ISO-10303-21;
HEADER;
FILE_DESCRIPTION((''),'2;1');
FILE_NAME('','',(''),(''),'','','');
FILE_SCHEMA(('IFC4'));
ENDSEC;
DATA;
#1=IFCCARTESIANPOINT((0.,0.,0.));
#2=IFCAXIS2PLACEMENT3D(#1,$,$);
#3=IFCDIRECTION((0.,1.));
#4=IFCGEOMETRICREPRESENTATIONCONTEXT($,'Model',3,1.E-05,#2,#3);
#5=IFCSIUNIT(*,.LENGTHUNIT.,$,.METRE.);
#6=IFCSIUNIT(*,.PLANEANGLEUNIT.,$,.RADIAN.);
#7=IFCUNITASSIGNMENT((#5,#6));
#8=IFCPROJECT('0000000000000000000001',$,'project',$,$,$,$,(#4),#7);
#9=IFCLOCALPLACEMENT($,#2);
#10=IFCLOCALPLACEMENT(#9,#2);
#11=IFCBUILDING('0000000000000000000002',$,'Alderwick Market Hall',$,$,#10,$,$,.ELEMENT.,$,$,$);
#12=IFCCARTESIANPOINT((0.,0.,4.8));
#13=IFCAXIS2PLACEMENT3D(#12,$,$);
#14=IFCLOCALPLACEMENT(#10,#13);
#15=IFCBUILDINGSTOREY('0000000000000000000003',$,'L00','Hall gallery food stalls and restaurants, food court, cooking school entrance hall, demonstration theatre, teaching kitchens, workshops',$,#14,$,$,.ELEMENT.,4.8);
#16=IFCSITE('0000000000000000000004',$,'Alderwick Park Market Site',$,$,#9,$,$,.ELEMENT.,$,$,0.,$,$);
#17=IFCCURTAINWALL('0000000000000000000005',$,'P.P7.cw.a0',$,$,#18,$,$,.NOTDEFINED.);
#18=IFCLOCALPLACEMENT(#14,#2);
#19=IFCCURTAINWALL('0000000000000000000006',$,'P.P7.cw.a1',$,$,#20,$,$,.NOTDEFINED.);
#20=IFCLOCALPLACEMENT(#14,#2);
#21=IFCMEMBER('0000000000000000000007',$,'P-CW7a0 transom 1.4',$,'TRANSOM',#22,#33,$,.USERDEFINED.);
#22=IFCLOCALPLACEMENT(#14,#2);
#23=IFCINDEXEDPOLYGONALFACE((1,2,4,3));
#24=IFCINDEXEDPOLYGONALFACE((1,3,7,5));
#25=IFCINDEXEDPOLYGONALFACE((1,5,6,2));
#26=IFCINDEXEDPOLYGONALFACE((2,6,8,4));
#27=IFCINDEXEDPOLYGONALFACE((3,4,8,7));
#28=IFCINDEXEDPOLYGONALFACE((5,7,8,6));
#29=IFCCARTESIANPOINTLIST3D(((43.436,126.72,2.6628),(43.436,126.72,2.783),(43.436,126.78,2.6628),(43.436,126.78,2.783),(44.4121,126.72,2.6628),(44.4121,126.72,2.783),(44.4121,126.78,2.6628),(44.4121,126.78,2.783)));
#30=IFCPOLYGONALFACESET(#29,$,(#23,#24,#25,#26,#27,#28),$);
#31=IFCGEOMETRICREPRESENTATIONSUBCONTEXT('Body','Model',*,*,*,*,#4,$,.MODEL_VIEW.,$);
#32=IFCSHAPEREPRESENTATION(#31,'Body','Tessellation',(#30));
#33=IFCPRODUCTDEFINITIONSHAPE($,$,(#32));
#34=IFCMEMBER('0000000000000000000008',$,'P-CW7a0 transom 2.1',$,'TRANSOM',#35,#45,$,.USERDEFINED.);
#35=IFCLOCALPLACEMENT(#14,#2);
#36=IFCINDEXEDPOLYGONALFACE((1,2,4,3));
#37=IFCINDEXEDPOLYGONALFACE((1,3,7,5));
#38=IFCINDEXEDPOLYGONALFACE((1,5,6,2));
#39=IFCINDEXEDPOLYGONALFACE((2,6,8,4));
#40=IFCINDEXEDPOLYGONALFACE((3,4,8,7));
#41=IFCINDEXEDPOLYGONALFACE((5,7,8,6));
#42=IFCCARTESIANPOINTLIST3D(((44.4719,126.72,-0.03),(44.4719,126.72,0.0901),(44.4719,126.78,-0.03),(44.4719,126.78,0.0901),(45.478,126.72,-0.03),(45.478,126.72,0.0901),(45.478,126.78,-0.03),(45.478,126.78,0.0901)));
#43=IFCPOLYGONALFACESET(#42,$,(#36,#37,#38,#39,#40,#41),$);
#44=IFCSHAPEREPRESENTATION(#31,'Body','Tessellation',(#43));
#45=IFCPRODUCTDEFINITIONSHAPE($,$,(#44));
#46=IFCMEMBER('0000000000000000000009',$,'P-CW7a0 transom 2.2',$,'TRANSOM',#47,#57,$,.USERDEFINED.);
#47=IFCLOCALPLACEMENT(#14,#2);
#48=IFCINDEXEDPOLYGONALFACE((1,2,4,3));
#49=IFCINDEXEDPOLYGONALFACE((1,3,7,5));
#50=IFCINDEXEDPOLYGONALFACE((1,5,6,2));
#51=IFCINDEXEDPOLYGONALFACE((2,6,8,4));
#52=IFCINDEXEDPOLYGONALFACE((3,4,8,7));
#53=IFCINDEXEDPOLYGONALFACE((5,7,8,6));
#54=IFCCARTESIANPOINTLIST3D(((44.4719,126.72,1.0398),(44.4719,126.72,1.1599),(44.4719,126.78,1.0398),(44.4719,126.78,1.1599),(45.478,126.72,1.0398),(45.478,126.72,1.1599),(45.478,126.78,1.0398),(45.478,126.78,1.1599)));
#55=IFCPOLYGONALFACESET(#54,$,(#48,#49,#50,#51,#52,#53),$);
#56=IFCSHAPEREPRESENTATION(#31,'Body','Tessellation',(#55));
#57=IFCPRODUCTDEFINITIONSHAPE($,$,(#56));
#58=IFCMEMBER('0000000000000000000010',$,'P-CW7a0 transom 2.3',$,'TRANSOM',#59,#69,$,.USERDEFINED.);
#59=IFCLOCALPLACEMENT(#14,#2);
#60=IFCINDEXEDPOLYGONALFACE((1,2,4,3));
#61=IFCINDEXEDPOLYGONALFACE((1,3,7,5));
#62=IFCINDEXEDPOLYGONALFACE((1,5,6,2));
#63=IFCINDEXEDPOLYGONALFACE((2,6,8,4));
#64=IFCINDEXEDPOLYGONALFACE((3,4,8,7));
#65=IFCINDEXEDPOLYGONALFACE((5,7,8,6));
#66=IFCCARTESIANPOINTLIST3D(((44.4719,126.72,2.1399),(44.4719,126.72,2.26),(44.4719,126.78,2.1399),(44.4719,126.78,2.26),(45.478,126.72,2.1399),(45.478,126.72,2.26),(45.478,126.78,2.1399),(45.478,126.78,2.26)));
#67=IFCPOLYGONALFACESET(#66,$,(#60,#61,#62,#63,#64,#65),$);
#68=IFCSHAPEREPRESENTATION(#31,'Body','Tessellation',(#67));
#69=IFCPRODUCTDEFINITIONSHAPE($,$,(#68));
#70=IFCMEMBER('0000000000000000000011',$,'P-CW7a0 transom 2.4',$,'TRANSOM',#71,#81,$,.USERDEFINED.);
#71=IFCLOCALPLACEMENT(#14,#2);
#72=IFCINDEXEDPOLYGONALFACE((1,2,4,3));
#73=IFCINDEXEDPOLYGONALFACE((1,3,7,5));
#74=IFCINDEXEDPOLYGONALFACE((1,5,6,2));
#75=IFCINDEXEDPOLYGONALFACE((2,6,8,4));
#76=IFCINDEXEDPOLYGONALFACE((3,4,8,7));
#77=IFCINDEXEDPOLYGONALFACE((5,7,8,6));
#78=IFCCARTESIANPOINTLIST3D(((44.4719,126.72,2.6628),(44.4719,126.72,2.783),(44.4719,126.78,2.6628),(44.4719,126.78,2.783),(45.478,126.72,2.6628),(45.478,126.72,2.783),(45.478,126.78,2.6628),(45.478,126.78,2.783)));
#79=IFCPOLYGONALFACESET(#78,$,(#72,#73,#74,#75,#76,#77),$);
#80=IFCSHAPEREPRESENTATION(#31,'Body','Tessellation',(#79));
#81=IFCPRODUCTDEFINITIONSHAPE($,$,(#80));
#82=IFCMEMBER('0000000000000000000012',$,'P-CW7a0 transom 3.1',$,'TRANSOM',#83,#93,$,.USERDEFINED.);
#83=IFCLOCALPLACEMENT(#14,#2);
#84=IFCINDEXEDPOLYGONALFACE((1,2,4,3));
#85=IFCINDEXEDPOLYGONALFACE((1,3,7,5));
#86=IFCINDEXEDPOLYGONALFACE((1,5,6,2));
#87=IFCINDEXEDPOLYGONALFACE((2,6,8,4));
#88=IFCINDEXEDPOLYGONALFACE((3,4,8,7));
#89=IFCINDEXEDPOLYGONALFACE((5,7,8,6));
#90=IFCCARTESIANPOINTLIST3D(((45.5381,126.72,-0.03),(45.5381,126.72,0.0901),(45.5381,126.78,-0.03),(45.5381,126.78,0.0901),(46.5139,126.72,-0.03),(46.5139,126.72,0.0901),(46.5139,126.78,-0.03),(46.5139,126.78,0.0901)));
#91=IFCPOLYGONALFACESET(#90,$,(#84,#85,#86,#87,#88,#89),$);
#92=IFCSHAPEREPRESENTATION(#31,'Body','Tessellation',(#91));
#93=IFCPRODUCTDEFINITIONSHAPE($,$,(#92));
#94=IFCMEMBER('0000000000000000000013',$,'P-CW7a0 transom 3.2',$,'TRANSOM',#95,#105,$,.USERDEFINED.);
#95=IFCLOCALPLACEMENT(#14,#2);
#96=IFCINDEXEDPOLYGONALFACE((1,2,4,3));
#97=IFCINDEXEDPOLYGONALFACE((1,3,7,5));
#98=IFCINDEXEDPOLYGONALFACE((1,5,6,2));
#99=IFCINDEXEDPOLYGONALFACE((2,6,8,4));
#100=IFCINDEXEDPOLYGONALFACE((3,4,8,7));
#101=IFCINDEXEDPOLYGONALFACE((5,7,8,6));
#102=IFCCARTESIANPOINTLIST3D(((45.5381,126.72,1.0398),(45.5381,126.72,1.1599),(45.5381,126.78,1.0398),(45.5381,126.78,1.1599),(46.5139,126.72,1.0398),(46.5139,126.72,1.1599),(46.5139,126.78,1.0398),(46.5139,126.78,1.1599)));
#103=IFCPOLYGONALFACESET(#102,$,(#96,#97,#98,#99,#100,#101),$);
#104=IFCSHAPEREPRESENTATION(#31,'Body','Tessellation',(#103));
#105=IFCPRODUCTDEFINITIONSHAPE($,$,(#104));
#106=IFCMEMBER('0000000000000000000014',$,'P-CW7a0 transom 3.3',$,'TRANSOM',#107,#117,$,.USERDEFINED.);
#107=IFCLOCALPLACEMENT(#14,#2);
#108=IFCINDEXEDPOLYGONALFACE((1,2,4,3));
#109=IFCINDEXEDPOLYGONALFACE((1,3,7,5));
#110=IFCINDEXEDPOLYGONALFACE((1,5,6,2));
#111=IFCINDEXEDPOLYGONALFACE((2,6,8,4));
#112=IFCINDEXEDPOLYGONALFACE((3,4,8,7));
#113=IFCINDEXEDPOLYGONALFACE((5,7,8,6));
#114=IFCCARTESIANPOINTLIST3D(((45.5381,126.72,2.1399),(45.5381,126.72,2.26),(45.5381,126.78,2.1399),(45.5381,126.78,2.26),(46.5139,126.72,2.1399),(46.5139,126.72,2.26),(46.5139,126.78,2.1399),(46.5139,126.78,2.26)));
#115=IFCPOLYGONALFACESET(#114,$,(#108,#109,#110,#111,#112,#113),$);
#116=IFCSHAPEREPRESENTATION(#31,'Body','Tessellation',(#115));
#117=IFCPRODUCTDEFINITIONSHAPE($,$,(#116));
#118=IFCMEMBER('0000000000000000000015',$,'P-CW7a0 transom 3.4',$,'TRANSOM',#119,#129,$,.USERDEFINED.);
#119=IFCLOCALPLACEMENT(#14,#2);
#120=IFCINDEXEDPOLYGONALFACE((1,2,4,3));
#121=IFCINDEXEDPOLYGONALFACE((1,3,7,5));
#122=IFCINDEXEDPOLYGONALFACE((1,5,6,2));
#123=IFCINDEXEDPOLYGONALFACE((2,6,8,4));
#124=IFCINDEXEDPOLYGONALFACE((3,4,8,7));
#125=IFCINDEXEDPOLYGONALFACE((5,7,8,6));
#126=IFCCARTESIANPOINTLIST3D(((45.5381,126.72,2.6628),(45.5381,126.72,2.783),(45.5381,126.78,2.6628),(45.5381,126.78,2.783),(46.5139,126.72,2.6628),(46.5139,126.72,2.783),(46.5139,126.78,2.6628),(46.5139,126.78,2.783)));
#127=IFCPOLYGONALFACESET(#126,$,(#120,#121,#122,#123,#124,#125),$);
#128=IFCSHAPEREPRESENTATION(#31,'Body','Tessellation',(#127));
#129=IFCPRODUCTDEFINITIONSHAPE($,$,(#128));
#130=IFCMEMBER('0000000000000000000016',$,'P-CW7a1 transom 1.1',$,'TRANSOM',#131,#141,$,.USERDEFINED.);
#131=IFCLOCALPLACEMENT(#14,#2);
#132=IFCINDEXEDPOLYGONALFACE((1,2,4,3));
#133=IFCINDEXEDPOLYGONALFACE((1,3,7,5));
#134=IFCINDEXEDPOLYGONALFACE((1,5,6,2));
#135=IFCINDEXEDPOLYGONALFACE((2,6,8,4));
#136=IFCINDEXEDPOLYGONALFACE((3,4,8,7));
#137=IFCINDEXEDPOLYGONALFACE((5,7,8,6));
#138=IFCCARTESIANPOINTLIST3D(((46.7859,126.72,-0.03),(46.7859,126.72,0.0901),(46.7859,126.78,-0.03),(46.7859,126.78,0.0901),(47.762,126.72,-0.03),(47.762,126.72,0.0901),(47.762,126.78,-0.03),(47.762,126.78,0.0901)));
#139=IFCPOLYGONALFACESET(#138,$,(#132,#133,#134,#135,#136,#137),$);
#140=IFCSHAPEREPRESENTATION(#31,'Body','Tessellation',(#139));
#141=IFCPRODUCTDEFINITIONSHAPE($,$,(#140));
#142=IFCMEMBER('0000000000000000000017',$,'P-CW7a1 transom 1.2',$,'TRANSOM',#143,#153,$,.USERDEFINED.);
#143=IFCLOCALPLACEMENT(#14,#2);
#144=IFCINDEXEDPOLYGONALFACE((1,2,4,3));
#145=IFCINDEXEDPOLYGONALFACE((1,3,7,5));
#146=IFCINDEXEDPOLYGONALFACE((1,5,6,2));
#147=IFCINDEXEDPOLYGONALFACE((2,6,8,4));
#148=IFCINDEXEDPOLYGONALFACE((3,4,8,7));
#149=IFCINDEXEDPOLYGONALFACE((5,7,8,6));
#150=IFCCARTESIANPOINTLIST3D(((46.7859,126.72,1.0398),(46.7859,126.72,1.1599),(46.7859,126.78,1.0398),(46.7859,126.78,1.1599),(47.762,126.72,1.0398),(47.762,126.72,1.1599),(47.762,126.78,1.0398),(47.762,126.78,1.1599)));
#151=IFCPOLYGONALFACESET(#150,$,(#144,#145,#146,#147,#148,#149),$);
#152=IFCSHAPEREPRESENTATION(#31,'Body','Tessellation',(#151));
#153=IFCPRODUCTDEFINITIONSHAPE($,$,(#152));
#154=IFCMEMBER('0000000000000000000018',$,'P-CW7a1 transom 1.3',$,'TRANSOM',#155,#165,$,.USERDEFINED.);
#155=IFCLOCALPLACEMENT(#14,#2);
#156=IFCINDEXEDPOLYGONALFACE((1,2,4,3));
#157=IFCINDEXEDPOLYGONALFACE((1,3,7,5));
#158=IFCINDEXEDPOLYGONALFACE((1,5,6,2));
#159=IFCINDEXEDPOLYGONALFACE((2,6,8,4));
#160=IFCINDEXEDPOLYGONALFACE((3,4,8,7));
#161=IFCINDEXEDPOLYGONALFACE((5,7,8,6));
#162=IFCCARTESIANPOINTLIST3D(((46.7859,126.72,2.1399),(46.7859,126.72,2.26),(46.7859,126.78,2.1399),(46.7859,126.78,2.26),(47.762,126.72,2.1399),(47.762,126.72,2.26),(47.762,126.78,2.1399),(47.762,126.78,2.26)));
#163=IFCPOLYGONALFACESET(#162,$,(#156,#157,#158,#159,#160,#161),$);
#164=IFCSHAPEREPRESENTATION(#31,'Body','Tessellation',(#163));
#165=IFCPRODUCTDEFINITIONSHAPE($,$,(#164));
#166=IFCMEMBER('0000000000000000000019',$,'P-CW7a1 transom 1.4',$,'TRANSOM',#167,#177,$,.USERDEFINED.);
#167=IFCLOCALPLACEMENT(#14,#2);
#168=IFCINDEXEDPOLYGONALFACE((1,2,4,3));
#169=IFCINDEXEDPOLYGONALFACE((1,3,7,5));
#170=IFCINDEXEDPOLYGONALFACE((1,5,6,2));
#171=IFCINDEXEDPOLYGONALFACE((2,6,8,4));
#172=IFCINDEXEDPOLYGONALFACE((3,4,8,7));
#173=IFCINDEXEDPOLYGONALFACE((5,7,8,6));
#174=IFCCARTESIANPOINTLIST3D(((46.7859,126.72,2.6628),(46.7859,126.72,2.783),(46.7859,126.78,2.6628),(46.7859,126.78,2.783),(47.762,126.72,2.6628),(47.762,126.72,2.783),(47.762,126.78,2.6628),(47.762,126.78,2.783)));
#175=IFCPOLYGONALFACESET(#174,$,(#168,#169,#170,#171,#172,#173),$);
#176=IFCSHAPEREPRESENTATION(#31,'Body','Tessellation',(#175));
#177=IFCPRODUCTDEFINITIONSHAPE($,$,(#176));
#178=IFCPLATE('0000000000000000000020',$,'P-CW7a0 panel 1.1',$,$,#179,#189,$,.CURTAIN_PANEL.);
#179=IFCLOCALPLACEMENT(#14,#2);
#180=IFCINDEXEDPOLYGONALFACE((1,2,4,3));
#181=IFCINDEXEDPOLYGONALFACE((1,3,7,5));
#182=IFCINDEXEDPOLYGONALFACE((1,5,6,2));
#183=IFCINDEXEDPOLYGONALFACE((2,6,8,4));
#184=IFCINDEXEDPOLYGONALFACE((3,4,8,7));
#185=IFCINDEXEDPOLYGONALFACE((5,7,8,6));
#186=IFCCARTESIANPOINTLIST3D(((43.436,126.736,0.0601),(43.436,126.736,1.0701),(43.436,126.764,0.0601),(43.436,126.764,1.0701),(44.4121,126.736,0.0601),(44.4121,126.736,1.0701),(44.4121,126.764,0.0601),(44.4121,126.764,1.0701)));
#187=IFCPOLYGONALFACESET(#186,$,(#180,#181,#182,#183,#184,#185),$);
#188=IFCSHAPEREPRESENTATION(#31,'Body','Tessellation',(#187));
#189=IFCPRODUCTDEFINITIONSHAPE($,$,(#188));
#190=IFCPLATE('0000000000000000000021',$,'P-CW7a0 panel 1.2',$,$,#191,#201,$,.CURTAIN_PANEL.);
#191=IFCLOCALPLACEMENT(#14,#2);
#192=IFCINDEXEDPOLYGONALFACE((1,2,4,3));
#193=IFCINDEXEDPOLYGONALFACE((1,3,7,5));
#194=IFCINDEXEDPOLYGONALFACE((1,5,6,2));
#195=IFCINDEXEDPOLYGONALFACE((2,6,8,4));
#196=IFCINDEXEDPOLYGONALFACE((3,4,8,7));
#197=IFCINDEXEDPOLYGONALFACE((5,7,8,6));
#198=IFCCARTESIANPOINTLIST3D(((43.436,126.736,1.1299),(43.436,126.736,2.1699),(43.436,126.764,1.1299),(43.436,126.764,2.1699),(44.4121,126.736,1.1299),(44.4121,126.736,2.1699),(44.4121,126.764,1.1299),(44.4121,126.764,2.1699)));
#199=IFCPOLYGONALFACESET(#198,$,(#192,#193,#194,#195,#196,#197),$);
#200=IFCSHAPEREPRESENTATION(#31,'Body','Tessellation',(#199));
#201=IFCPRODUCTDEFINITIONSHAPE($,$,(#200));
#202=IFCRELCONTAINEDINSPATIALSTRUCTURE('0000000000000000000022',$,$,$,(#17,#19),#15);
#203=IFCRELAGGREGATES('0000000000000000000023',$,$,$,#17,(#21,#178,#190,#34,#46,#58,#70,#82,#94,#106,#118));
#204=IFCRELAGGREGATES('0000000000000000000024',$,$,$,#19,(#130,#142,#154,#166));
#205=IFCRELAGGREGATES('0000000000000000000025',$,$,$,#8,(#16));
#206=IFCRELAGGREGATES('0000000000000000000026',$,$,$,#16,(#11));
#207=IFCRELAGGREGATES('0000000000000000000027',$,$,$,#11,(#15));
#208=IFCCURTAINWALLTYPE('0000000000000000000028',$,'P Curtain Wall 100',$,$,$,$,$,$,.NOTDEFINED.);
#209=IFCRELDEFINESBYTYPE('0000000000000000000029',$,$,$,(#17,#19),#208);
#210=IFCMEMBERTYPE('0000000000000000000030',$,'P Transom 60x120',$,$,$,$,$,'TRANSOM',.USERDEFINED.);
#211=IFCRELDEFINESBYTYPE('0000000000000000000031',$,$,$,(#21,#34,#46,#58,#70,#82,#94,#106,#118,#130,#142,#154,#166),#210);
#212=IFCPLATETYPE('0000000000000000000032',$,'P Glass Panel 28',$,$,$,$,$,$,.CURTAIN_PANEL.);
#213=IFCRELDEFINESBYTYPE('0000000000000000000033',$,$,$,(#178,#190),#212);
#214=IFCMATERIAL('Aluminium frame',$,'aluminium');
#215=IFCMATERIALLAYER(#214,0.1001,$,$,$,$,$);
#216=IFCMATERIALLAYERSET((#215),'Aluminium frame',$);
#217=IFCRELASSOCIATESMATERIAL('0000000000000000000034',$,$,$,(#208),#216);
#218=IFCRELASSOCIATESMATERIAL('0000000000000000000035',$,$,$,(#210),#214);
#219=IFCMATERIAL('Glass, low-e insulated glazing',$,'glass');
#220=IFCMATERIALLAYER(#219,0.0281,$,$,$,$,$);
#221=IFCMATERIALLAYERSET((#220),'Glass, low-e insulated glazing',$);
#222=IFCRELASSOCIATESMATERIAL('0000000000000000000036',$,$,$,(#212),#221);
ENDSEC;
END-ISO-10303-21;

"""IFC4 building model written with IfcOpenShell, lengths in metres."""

from ifc_helpers import new_model, si_unit, direction, frame, origin, origin_2d, place, context, subcontext, project, spatial, rectangle, extrude, material, layer, layer_set, material_profile, profile_set, type_object, element, aggregate, save


model = new_model("IFC4")

# Units and contexts
model_context = context("Model", 3, precision=1e-05, world=origin(), true_north=direction((0.0, 1.0)))
body_context = subcontext(model_context, "Body", "Model", "MODEL_VIEW")
ifc_project = project(units=[si_unit("LENGTHUNIT", "METRE"), si_unit("PLANEANGLEUNIT", "RADIAN")], contexts=[model_context])

# Site, building, storey
site_placement = place(None, origin())
site = spatial("IfcSite", under=ifc_project, at=site_placement, Name="Alderwick Park Market Site", CompositionType="ELEMENT", RefElevation=0.0)
building_placement = place(site_placement, origin())
building = spatial("IfcBuilding", under=site, at=building_placement, Name="Alderwick Market Hall", CompositionType="ELEMENT")
storey_placement = place(building_placement, frame((0.0, 0.0, 4.8)))
storey = spatial("IfcBuildingStorey", under=building, at=storey_placement, Name="L00", Description="Hall gallery food stalls and restaurants, food court, cooking school entrance hall, demonstration theatre, teaching kitchens, workshops", CompositionType="ELEMENT", Elevation=4.8)

# Curtain wall
ifc_material_1 = material(Name="Aluminium frame", Category="aluminium")
ifc_layer_1 = layer(ifc_material_1, 0.1001)
ifc_layer_set_1 = layer_set([ifc_layer_1], Name="Aluminium frame")
curtain_wall_type = type_object("IfcCurtainWallType", Name="P Curtain Wall 100", PredefinedType="NOTDEFINED", material=ifc_layer_set_1)
curtain_wall_1_placement = place(storey_placement, origin())
curtain_wall_1 = element("IfcCurtainWall", 1, at=curtain_wall_1_placement, inside=storey, type_object=curtain_wall_type, Name="P.P7.cw.a0", PredefinedType="NOTDEFINED")

# Curtain wall
curtain_wall_2_placement = place(storey_placement, origin())
curtain_wall_2 = element("IfcCurtainWall", 2, at=curtain_wall_2_placement, inside=storey, type_object=curtain_wall_type, Name="P.P7.cw.a1", PredefinedType="NOTDEFINED")

# Members
ifc_material_profile_1 = material_profile(ifc_material_1, rectangle(XDim=0.0601, YDim=0.1201, at=origin_2d()), Name="P Transom 60x120")
ifc_profile_set_1 = profile_set([ifc_material_profile_1], Name="Aluminium frame")
member_type_1 = type_object("IfcMemberType", Name="P Transom 60x120", ElementType="TRANSOM", PredefinedType="USERDEFINED", material=ifc_profile_set_1)
member_1_placement = place(storey_placement, frame((43.436, 126.75, 2.7229), z_axis=(1.0, 0.0, 0.0), x_axis=(0.0, 1.0, 0.0)))
member_1 = element("IfcMember", 3, at=member_1_placement, type_object=member_type_1, Name="P-CW7a0 transom 1.4", ObjectType="TRANSOM", PredefinedType="USERDEFINED", context=body_context, shape_type="SweptSolid", body=[
    extrude(rectangle(XDim=0.0601, YDim=0.1201, at=origin_2d()), origin(), (0.0, 0.0, 1.0), 0.9761),
])
member_2_placement = place(storey_placement, frame((44.4719, 126.75, 0.03), z_axis=(1.0, 0.0, 0.0), x_axis=(0.0, 1.0, 0.0)))
member_2 = element("IfcMember", 4, at=member_2_placement, type_object=member_type_1, Name="P-CW7a0 transom 2.1", ObjectType="TRANSOM", PredefinedType="USERDEFINED", context=body_context, shape_type="SweptSolid", body=[
    extrude(rectangle(XDim=0.0601, YDim=0.1201, at=origin_2d()), origin(), (0.0, 0.0, 1.0), 1.0061),
])
member_3_placement = place(storey_placement, frame((44.4719, 126.75, 1.0999), z_axis=(1.0, 0.0, 0.0), x_axis=(0.0, 1.0, 0.0)))
member_3 = element("IfcMember", 5, at=member_3_placement, type_object=member_type_1, Name="P-CW7a0 transom 2.2", ObjectType="TRANSOM", PredefinedType="USERDEFINED", context=body_context, shape_type="SweptSolid", body=[
    extrude(rectangle(XDim=0.0601, YDim=0.1201, at=origin_2d()), origin(), (0.0, 0.0, 1.0), 1.0061),
])
member_4_placement = place(storey_placement, frame((44.4719, 126.75, 2.2), z_axis=(1.0, 0.0, 0.0), x_axis=(0.0, 1.0, 0.0)))
member_4 = element("IfcMember", 6, at=member_4_placement, type_object=member_type_1, Name="P-CW7a0 transom 2.3", ObjectType="TRANSOM", PredefinedType="USERDEFINED", context=body_context, shape_type="SweptSolid", body=[
    extrude(rectangle(XDim=0.0601, YDim=0.1201, at=origin_2d()), origin(), (0.0, 0.0, 1.0), 1.0061),
])
member_5_placement = place(storey_placement, frame((44.4719, 126.75, 2.7229), z_axis=(1.0, 0.0, 0.0), x_axis=(0.0, 1.0, 0.0)))
member_5 = element("IfcMember", 7, at=member_5_placement, type_object=member_type_1, Name="P-CW7a0 transom 2.4", ObjectType="TRANSOM", PredefinedType="USERDEFINED", context=body_context, shape_type="SweptSolid", body=[
    extrude(rectangle(XDim=0.0601, YDim=0.1201, at=origin_2d()), origin(), (0.0, 0.0, 1.0), 1.0061),
])
member_6_placement = place(storey_placement, frame((45.5381, 126.75, 0.03), z_axis=(1.0, 0.0, 0.0), x_axis=(0.0, 1.0, 0.0)))
member_6 = element("IfcMember", 8, at=member_6_placement, type_object=member_type_1, Name="P-CW7a0 transom 3.1", ObjectType="TRANSOM", PredefinedType="USERDEFINED", context=body_context, shape_type="SweptSolid", body=[
    extrude(rectangle(XDim=0.0601, YDim=0.1201, at=origin_2d()), origin(), (0.0, 0.0, 1.0), 0.9758),
])
member_7_placement = place(storey_placement, frame((45.5381, 126.75, 1.0999), z_axis=(1.0, 0.0, 0.0), x_axis=(0.0, 1.0, 0.0)))
member_7 = element("IfcMember", 9, at=member_7_placement, type_object=member_type_1, Name="P-CW7a0 transom 3.2", ObjectType="TRANSOM", PredefinedType="USERDEFINED", context=body_context, shape_type="SweptSolid", body=[
    extrude(rectangle(XDim=0.0601, YDim=0.1201, at=origin_2d()), origin(), (0.0, 0.0, 1.0), 0.9758),
])
member_8_placement = place(storey_placement, frame((45.5381, 126.75, 2.2), z_axis=(1.0, 0.0, 0.0), x_axis=(0.0, 1.0, 0.0)))
member_8 = element("IfcMember", 10, at=member_8_placement, type_object=member_type_1, Name="P-CW7a0 transom 3.3", ObjectType="TRANSOM", PredefinedType="USERDEFINED", context=body_context, shape_type="SweptSolid", body=[
    extrude(rectangle(XDim=0.0601, YDim=0.1201, at=origin_2d()), origin(), (0.0, 0.0, 1.0), 0.9758),
])
member_9_placement = place(storey_placement, frame((45.5381, 126.75, 2.7229), z_axis=(1.0, 0.0, 0.0), x_axis=(0.0, 1.0, 0.0)))
member_9 = element("IfcMember", 11, at=member_9_placement, type_object=member_type_1, Name="P-CW7a0 transom 3.4", ObjectType="TRANSOM", PredefinedType="USERDEFINED", context=body_context, shape_type="SweptSolid", body=[
    extrude(rectangle(XDim=0.0601, YDim=0.1201, at=origin_2d()), origin(), (0.0, 0.0, 1.0), 0.9758),
])
member_10_placement = place(storey_placement, frame((46.7859, 126.75, 0.03), z_axis=(1.0, 0.0, 0.0), x_axis=(0.0, 1.0, 0.0)))
member_10 = element("IfcMember", 12, at=member_10_placement, type_object=member_type_1, Name="P-CW7a1 transom 1.1", ObjectType="TRANSOM", PredefinedType="USERDEFINED", context=body_context, shape_type="SweptSolid", body=[
    extrude(rectangle(XDim=0.0601, YDim=0.1201, at=origin_2d()), origin(), (0.0, 0.0, 1.0), 0.9761),
])
member_11_placement = place(storey_placement, frame((46.7859, 126.75, 1.0999), z_axis=(1.0, 0.0, 0.0), x_axis=(0.0, 1.0, 0.0)))
member_11 = element("IfcMember", 13, at=member_11_placement, type_object=member_type_1, Name="P-CW7a1 transom 1.2", ObjectType="TRANSOM", PredefinedType="USERDEFINED", context=body_context, shape_type="SweptSolid", body=[
    extrude(rectangle(XDim=0.0601, YDim=0.1201, at=origin_2d()), origin(), (0.0, 0.0, 1.0), 0.9761),
])
member_12_placement = place(storey_placement, frame((46.7859, 126.75, 2.2), z_axis=(1.0, 0.0, 0.0), x_axis=(0.0, 1.0, 0.0)))
member_12 = element("IfcMember", 14, at=member_12_placement, type_object=member_type_1, Name="P-CW7a1 transom 1.3", ObjectType="TRANSOM", PredefinedType="USERDEFINED", context=body_context, shape_type="SweptSolid", body=[
    extrude(rectangle(XDim=0.0601, YDim=0.1201, at=origin_2d()), origin(), (0.0, 0.0, 1.0), 0.9761),
])
member_13_placement = place(storey_placement, frame((46.7859, 126.75, 2.7229), z_axis=(1.0, 0.0, 0.0), x_axis=(0.0, 1.0, 0.0)))
member_13 = element("IfcMember", 15, at=member_13_placement, type_object=member_type_1, Name="P-CW7a1 transom 1.4", ObjectType="TRANSOM", PredefinedType="USERDEFINED", context=body_context, shape_type="SweptSolid", body=[
    extrude(rectangle(XDim=0.0601, YDim=0.1201, at=origin_2d()), origin(), (0.0, 0.0, 1.0), 0.9761),
])

# Plates
ifc_material_2 = material(Name="Glass, low-e insulated glazing", Category="glass")
ifc_layer_2 = layer(ifc_material_2, 0.0281)
ifc_layer_set_2 = layer_set([ifc_layer_2], Name="Glass, low-e insulated glazing")
plate_type = type_object("IfcPlateType", Name="P Glass Panel 28", PredefinedType="CURTAIN_PANEL", material=ifc_layer_set_2)
plate_1_placement = place(storey_placement, frame((43.9241, 126.75, 0.0601), z_axis=(0.0, 0.0, 1.0), x_axis=(1.0, 0.0, 0.0)))
plate_1 = element("IfcPlate", 16, at=plate_1_placement, type_object=plate_type, Name="P-CW7a0 panel 1.1", PredefinedType="CURTAIN_PANEL", context=body_context, shape_type="SweptSolid", body=[
    extrude(rectangle(XDim=0.9761, YDim=0.0281, at=origin_2d()), origin(), (0.0, 0.0, 1.0), 1.01),
])
plate_2_placement = place(storey_placement, frame((43.9241, 126.75, 1.1299), z_axis=(0.0, 0.0, 1.0), x_axis=(1.0, 0.0, 0.0)))
plate_2 = element("IfcPlate", 17, at=plate_2_placement, type_object=plate_type, Name="P-CW7a0 panel 1.2", PredefinedType="CURTAIN_PANEL", context=body_context, shape_type="SweptSolid", body=[
    extrude(rectangle(XDim=0.9761, YDim=0.0281, at=origin_2d()), origin(), (0.0, 0.0, 1.0), 1.04),
])
aggregate(curtain_wall_1, [member_1, plate_1, plate_2, member_2, member_3, member_4, member_5, member_6, member_7, member_8, member_9])
aggregate(curtain_wall_2, [member_10, member_11, member_12, member_13])

save(model, "model.ifc")
